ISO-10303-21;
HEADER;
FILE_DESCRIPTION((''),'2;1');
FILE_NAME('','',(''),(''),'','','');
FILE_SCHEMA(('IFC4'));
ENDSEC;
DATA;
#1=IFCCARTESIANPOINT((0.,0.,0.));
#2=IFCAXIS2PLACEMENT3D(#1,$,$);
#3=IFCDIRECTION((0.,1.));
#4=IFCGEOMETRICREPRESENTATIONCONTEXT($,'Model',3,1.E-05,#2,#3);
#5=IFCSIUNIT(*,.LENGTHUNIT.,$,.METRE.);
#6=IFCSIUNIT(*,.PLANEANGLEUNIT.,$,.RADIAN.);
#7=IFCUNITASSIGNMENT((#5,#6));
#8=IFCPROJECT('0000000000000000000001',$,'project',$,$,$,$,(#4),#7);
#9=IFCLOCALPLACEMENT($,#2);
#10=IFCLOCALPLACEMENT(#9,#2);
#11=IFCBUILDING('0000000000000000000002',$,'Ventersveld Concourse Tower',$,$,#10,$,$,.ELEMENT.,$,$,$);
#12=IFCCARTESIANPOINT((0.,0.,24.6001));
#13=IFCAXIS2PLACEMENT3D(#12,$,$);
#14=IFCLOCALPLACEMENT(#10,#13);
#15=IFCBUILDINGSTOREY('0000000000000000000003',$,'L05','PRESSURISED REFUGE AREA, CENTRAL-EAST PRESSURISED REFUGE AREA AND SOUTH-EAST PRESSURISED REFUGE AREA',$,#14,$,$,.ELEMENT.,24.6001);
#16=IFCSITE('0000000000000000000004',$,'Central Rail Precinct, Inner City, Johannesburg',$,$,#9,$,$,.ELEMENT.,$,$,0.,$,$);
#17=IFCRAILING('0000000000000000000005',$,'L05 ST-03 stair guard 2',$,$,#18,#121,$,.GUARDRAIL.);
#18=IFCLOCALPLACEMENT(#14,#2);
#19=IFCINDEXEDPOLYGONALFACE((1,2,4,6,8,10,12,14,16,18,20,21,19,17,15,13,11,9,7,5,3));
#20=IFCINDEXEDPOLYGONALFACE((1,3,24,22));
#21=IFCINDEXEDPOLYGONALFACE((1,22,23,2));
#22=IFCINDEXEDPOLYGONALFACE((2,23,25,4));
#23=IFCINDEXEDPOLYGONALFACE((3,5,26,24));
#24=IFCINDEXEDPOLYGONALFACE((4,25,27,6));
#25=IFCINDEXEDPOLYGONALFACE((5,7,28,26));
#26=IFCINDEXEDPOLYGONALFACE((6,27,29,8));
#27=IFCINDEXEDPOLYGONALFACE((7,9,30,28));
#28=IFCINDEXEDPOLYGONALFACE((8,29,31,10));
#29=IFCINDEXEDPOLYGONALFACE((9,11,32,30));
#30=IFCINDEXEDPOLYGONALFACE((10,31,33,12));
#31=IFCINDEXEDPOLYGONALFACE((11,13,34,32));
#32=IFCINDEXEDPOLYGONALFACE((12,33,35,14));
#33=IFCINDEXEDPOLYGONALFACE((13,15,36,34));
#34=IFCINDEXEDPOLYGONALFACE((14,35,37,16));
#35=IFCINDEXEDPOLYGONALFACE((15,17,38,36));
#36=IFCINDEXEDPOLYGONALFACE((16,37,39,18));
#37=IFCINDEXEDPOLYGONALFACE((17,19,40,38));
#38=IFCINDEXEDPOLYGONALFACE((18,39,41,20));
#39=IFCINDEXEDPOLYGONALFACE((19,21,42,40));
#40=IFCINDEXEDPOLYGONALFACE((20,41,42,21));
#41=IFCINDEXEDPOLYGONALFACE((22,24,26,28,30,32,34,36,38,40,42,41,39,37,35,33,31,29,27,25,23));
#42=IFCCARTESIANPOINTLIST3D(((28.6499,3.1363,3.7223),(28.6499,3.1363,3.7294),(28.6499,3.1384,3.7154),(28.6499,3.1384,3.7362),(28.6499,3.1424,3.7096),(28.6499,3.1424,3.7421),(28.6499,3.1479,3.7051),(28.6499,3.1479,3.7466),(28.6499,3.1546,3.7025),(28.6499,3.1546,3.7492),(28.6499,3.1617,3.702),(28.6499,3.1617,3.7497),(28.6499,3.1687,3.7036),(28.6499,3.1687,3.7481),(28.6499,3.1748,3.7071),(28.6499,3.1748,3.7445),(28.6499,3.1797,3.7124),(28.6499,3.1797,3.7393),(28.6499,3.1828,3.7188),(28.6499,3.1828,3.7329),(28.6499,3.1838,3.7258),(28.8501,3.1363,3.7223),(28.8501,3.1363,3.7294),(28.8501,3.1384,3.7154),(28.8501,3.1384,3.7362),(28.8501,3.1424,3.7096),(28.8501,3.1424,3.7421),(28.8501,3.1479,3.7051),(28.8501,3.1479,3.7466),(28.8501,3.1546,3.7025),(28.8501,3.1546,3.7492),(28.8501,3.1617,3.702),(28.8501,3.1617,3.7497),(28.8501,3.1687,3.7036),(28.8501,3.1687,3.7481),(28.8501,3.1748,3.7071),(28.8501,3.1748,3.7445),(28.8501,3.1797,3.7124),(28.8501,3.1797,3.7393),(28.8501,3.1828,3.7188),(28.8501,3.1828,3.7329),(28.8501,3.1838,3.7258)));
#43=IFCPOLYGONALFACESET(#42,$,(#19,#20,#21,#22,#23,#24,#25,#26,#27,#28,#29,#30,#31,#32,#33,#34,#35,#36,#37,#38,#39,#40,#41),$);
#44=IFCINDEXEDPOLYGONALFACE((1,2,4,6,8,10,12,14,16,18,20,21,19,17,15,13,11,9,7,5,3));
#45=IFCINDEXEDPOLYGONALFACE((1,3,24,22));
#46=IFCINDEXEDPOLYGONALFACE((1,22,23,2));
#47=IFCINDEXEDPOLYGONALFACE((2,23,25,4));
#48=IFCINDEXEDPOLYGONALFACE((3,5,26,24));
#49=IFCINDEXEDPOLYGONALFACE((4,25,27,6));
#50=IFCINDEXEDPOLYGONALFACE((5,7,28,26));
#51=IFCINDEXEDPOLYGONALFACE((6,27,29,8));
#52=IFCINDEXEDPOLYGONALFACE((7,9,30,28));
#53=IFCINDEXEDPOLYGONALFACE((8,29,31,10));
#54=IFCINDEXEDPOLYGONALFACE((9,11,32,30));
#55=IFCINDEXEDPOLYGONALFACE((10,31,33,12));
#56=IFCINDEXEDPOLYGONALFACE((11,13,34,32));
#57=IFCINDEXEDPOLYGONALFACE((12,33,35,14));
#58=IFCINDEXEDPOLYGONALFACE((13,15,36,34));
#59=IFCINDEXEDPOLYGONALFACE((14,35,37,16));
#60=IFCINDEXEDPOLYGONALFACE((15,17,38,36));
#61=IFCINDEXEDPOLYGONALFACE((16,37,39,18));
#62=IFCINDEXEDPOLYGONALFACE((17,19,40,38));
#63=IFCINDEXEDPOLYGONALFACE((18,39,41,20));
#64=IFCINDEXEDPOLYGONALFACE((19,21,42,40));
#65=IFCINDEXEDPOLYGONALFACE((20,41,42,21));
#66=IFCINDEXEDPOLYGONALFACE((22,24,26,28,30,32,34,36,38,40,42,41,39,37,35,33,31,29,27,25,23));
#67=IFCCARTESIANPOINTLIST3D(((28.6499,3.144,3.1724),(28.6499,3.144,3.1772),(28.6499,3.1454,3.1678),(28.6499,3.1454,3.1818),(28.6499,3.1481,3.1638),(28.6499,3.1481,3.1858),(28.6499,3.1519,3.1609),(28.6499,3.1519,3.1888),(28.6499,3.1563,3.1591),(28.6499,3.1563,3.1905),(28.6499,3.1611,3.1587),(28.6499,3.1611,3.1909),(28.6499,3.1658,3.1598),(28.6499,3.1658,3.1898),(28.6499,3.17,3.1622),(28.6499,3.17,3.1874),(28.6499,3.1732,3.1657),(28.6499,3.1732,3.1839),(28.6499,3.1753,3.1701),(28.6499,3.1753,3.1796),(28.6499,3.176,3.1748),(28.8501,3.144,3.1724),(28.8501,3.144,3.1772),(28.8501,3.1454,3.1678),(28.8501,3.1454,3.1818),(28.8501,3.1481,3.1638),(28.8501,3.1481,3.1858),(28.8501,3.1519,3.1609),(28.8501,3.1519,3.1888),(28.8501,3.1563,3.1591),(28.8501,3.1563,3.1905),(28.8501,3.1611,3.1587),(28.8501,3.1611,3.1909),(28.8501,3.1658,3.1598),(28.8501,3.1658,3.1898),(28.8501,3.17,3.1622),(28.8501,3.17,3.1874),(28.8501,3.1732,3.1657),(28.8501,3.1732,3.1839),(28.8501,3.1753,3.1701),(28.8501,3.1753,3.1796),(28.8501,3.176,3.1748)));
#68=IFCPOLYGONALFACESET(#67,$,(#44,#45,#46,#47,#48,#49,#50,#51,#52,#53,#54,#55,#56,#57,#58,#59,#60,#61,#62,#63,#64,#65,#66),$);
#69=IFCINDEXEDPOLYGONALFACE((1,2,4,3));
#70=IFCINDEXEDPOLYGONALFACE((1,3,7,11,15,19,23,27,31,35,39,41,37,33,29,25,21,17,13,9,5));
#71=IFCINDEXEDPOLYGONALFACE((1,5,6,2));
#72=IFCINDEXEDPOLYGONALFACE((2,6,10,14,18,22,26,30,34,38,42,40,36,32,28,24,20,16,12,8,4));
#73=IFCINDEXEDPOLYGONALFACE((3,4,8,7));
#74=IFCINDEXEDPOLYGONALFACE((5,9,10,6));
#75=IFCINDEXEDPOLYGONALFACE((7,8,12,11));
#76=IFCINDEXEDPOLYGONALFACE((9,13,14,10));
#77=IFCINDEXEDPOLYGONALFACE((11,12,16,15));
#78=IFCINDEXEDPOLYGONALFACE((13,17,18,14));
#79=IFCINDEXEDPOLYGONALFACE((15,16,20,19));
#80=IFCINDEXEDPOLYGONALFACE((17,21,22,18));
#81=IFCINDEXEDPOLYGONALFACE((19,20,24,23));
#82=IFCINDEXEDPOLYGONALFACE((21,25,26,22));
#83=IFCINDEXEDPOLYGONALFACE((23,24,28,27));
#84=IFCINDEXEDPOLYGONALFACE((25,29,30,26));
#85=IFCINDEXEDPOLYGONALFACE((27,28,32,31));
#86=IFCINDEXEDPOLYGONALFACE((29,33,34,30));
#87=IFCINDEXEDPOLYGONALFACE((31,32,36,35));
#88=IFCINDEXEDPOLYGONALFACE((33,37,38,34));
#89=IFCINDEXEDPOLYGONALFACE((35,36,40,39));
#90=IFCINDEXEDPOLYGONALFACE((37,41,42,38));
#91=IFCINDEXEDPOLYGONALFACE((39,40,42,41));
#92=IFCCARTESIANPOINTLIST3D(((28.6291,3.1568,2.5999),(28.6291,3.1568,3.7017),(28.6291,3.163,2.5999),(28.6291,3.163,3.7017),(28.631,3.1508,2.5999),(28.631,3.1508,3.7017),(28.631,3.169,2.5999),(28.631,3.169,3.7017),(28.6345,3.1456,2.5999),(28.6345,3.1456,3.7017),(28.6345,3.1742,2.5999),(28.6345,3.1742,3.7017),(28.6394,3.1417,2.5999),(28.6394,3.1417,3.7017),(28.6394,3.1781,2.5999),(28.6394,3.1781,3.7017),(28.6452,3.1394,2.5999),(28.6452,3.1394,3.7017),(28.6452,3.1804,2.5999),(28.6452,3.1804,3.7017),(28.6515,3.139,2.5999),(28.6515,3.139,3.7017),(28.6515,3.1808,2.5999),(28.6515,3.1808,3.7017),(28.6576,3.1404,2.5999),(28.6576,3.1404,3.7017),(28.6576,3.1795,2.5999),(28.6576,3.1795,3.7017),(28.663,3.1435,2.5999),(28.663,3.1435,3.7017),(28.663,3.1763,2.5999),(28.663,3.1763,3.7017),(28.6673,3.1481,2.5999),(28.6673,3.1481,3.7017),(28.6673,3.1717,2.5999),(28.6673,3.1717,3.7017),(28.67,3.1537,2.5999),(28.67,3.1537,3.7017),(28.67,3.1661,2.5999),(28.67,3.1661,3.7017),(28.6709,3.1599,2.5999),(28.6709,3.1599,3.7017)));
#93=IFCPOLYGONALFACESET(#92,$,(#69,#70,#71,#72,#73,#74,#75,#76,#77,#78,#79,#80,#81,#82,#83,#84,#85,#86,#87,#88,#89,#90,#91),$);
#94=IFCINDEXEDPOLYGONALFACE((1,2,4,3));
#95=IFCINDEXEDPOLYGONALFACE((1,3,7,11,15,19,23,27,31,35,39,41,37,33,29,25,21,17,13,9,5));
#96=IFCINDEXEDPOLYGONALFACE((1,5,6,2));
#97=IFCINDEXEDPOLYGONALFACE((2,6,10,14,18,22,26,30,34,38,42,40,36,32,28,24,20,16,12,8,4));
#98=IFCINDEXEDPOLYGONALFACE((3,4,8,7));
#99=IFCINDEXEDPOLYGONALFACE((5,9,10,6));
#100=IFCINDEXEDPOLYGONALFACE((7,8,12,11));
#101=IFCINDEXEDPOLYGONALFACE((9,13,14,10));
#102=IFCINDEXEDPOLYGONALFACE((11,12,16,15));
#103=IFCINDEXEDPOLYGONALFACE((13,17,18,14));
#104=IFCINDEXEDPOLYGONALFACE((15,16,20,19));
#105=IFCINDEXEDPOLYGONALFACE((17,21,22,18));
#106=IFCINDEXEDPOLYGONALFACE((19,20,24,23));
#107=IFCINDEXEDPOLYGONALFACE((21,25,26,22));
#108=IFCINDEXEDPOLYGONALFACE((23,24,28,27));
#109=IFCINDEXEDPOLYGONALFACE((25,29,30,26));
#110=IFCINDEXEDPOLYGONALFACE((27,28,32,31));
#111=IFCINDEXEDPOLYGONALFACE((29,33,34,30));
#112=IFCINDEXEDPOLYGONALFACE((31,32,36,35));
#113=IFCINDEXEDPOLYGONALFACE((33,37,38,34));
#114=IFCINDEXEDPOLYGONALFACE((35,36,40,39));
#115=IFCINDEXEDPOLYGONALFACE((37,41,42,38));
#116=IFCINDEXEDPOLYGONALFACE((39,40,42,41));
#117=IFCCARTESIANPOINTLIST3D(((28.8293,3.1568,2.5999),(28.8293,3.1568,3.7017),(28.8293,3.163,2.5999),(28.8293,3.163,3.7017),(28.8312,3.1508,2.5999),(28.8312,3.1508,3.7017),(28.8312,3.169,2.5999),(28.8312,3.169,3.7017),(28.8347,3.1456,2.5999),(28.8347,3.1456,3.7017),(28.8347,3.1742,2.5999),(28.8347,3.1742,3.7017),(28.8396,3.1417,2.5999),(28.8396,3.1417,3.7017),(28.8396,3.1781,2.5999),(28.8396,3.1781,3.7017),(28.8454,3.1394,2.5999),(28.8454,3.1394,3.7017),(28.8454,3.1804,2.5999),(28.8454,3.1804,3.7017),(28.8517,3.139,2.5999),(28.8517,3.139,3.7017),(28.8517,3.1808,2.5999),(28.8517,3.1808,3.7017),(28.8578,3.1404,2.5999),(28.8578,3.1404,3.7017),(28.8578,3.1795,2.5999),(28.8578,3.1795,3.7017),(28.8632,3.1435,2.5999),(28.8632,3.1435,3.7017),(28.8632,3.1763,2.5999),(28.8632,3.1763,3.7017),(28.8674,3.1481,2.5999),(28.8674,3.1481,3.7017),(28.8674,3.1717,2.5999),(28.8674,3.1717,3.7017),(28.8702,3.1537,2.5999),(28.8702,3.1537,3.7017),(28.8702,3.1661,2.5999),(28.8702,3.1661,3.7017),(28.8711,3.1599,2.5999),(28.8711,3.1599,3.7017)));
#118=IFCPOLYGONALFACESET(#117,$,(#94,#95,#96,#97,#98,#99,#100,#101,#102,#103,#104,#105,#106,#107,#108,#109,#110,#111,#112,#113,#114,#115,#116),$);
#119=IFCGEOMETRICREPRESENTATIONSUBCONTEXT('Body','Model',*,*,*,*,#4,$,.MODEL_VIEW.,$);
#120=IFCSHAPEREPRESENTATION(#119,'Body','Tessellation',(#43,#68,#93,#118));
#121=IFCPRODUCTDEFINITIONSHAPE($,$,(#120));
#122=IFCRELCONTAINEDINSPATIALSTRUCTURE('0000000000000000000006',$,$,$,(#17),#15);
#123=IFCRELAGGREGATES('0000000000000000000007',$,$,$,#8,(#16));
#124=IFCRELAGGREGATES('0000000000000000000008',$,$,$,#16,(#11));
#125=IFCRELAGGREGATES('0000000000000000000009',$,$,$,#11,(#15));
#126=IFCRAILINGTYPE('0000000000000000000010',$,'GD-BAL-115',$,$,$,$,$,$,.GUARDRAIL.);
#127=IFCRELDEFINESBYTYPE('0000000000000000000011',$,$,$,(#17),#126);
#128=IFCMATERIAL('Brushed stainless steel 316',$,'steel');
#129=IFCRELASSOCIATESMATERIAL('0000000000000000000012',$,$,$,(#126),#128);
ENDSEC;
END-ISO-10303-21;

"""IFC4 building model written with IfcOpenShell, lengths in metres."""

from ifc_helpers import new_model, si_unit, direction, frame, origin, origin_2d, place, context, subcontext, project, spatial, circle, extrude, material, type_object, element, save


model = new_model("IFC4")

# Units and contexts
model_context = context("Model", 3, precision=1e-05, world=origin(), true_north=direction((0.0, 1.0)))
body_context = subcontext(model_context, "Body", "Model", "MODEL_VIEW")
ifc_project = project(units=[si_unit("LENGTHUNIT", "METRE"), si_unit("PLANEANGLEUNIT", "RADIAN")], contexts=[model_context])

# Site, building, storey
site_placement = place(None, origin())
site = spatial("IfcSite", under=ifc_project, at=site_placement, Name="Central Rail Precinct, Inner City, Johannesburg", CompositionType="ELEMENT", RefElevation=0.0)
building_placement = place(site_placement, origin())
building = spatial("IfcBuilding", under=site, at=building_placement, Name="Ventersveld Concourse Tower", CompositionType="ELEMENT")
storey_placement = place(building_placement, frame((0.0, 0.0, 24.6001)))
storey = spatial("IfcBuildingStorey", under=building, at=storey_placement, Name="L05", Description="PRESSURISED REFUGE AREA, CENTRAL-EAST PRESSURISED REFUGE AREA AND SOUTH-EAST PRESSURISED REFUGE AREA", CompositionType="ELEMENT", Elevation=24.6001)

# Railing
ifc_material_1 = material(Name="Brushed stainless steel 316", Category="steel")
railing_type_1 = type_object("IfcRailingType", Name="GD-BAL-115", PredefinedType="GUARDRAIL", material=ifc_material_1)
railing_1_placement = place(storey_placement, frame((28.6499, 3.1599, 2.5999)))
element("IfcRailing", 1, at=railing_1_placement, inside=storey, type_object=railing_type_1, Name="L05 ST-03 stair guard 2", PredefinedType="GUARDRAIL", context=body_context, shape_type="SweptSolid", body=[
    extrude(circle(Radius=0.0239, at=origin_2d()), frame((0.0, 0.0, 1.126), z_axis=(1.0, 0.0, 0.0), x_axis=(0.0, 1.0, 0.0)), (0.0, 0.0, 1.0), 0.2002),
    extrude(circle(Radius=0.0161, at=origin_2d()), frame((0.0, 0.0, 0.575), z_axis=(1.0, 0.0, 0.0), x_axis=(0.0, 1.0, 0.0)), (0.0, 0.0, 1.0), 0.2002),
    extrude(circle(Radius=0.021, at=origin_2d()), origin(), (0.0, 0.0, 1.0), 1.1018),
    extrude(circle(Radius=0.021, at=origin_2d()), frame((0.2002, 0.0, 0.0)), (0.0, 0.0, 1.0), 1.1018),
])

save(model, "model.ifc")
